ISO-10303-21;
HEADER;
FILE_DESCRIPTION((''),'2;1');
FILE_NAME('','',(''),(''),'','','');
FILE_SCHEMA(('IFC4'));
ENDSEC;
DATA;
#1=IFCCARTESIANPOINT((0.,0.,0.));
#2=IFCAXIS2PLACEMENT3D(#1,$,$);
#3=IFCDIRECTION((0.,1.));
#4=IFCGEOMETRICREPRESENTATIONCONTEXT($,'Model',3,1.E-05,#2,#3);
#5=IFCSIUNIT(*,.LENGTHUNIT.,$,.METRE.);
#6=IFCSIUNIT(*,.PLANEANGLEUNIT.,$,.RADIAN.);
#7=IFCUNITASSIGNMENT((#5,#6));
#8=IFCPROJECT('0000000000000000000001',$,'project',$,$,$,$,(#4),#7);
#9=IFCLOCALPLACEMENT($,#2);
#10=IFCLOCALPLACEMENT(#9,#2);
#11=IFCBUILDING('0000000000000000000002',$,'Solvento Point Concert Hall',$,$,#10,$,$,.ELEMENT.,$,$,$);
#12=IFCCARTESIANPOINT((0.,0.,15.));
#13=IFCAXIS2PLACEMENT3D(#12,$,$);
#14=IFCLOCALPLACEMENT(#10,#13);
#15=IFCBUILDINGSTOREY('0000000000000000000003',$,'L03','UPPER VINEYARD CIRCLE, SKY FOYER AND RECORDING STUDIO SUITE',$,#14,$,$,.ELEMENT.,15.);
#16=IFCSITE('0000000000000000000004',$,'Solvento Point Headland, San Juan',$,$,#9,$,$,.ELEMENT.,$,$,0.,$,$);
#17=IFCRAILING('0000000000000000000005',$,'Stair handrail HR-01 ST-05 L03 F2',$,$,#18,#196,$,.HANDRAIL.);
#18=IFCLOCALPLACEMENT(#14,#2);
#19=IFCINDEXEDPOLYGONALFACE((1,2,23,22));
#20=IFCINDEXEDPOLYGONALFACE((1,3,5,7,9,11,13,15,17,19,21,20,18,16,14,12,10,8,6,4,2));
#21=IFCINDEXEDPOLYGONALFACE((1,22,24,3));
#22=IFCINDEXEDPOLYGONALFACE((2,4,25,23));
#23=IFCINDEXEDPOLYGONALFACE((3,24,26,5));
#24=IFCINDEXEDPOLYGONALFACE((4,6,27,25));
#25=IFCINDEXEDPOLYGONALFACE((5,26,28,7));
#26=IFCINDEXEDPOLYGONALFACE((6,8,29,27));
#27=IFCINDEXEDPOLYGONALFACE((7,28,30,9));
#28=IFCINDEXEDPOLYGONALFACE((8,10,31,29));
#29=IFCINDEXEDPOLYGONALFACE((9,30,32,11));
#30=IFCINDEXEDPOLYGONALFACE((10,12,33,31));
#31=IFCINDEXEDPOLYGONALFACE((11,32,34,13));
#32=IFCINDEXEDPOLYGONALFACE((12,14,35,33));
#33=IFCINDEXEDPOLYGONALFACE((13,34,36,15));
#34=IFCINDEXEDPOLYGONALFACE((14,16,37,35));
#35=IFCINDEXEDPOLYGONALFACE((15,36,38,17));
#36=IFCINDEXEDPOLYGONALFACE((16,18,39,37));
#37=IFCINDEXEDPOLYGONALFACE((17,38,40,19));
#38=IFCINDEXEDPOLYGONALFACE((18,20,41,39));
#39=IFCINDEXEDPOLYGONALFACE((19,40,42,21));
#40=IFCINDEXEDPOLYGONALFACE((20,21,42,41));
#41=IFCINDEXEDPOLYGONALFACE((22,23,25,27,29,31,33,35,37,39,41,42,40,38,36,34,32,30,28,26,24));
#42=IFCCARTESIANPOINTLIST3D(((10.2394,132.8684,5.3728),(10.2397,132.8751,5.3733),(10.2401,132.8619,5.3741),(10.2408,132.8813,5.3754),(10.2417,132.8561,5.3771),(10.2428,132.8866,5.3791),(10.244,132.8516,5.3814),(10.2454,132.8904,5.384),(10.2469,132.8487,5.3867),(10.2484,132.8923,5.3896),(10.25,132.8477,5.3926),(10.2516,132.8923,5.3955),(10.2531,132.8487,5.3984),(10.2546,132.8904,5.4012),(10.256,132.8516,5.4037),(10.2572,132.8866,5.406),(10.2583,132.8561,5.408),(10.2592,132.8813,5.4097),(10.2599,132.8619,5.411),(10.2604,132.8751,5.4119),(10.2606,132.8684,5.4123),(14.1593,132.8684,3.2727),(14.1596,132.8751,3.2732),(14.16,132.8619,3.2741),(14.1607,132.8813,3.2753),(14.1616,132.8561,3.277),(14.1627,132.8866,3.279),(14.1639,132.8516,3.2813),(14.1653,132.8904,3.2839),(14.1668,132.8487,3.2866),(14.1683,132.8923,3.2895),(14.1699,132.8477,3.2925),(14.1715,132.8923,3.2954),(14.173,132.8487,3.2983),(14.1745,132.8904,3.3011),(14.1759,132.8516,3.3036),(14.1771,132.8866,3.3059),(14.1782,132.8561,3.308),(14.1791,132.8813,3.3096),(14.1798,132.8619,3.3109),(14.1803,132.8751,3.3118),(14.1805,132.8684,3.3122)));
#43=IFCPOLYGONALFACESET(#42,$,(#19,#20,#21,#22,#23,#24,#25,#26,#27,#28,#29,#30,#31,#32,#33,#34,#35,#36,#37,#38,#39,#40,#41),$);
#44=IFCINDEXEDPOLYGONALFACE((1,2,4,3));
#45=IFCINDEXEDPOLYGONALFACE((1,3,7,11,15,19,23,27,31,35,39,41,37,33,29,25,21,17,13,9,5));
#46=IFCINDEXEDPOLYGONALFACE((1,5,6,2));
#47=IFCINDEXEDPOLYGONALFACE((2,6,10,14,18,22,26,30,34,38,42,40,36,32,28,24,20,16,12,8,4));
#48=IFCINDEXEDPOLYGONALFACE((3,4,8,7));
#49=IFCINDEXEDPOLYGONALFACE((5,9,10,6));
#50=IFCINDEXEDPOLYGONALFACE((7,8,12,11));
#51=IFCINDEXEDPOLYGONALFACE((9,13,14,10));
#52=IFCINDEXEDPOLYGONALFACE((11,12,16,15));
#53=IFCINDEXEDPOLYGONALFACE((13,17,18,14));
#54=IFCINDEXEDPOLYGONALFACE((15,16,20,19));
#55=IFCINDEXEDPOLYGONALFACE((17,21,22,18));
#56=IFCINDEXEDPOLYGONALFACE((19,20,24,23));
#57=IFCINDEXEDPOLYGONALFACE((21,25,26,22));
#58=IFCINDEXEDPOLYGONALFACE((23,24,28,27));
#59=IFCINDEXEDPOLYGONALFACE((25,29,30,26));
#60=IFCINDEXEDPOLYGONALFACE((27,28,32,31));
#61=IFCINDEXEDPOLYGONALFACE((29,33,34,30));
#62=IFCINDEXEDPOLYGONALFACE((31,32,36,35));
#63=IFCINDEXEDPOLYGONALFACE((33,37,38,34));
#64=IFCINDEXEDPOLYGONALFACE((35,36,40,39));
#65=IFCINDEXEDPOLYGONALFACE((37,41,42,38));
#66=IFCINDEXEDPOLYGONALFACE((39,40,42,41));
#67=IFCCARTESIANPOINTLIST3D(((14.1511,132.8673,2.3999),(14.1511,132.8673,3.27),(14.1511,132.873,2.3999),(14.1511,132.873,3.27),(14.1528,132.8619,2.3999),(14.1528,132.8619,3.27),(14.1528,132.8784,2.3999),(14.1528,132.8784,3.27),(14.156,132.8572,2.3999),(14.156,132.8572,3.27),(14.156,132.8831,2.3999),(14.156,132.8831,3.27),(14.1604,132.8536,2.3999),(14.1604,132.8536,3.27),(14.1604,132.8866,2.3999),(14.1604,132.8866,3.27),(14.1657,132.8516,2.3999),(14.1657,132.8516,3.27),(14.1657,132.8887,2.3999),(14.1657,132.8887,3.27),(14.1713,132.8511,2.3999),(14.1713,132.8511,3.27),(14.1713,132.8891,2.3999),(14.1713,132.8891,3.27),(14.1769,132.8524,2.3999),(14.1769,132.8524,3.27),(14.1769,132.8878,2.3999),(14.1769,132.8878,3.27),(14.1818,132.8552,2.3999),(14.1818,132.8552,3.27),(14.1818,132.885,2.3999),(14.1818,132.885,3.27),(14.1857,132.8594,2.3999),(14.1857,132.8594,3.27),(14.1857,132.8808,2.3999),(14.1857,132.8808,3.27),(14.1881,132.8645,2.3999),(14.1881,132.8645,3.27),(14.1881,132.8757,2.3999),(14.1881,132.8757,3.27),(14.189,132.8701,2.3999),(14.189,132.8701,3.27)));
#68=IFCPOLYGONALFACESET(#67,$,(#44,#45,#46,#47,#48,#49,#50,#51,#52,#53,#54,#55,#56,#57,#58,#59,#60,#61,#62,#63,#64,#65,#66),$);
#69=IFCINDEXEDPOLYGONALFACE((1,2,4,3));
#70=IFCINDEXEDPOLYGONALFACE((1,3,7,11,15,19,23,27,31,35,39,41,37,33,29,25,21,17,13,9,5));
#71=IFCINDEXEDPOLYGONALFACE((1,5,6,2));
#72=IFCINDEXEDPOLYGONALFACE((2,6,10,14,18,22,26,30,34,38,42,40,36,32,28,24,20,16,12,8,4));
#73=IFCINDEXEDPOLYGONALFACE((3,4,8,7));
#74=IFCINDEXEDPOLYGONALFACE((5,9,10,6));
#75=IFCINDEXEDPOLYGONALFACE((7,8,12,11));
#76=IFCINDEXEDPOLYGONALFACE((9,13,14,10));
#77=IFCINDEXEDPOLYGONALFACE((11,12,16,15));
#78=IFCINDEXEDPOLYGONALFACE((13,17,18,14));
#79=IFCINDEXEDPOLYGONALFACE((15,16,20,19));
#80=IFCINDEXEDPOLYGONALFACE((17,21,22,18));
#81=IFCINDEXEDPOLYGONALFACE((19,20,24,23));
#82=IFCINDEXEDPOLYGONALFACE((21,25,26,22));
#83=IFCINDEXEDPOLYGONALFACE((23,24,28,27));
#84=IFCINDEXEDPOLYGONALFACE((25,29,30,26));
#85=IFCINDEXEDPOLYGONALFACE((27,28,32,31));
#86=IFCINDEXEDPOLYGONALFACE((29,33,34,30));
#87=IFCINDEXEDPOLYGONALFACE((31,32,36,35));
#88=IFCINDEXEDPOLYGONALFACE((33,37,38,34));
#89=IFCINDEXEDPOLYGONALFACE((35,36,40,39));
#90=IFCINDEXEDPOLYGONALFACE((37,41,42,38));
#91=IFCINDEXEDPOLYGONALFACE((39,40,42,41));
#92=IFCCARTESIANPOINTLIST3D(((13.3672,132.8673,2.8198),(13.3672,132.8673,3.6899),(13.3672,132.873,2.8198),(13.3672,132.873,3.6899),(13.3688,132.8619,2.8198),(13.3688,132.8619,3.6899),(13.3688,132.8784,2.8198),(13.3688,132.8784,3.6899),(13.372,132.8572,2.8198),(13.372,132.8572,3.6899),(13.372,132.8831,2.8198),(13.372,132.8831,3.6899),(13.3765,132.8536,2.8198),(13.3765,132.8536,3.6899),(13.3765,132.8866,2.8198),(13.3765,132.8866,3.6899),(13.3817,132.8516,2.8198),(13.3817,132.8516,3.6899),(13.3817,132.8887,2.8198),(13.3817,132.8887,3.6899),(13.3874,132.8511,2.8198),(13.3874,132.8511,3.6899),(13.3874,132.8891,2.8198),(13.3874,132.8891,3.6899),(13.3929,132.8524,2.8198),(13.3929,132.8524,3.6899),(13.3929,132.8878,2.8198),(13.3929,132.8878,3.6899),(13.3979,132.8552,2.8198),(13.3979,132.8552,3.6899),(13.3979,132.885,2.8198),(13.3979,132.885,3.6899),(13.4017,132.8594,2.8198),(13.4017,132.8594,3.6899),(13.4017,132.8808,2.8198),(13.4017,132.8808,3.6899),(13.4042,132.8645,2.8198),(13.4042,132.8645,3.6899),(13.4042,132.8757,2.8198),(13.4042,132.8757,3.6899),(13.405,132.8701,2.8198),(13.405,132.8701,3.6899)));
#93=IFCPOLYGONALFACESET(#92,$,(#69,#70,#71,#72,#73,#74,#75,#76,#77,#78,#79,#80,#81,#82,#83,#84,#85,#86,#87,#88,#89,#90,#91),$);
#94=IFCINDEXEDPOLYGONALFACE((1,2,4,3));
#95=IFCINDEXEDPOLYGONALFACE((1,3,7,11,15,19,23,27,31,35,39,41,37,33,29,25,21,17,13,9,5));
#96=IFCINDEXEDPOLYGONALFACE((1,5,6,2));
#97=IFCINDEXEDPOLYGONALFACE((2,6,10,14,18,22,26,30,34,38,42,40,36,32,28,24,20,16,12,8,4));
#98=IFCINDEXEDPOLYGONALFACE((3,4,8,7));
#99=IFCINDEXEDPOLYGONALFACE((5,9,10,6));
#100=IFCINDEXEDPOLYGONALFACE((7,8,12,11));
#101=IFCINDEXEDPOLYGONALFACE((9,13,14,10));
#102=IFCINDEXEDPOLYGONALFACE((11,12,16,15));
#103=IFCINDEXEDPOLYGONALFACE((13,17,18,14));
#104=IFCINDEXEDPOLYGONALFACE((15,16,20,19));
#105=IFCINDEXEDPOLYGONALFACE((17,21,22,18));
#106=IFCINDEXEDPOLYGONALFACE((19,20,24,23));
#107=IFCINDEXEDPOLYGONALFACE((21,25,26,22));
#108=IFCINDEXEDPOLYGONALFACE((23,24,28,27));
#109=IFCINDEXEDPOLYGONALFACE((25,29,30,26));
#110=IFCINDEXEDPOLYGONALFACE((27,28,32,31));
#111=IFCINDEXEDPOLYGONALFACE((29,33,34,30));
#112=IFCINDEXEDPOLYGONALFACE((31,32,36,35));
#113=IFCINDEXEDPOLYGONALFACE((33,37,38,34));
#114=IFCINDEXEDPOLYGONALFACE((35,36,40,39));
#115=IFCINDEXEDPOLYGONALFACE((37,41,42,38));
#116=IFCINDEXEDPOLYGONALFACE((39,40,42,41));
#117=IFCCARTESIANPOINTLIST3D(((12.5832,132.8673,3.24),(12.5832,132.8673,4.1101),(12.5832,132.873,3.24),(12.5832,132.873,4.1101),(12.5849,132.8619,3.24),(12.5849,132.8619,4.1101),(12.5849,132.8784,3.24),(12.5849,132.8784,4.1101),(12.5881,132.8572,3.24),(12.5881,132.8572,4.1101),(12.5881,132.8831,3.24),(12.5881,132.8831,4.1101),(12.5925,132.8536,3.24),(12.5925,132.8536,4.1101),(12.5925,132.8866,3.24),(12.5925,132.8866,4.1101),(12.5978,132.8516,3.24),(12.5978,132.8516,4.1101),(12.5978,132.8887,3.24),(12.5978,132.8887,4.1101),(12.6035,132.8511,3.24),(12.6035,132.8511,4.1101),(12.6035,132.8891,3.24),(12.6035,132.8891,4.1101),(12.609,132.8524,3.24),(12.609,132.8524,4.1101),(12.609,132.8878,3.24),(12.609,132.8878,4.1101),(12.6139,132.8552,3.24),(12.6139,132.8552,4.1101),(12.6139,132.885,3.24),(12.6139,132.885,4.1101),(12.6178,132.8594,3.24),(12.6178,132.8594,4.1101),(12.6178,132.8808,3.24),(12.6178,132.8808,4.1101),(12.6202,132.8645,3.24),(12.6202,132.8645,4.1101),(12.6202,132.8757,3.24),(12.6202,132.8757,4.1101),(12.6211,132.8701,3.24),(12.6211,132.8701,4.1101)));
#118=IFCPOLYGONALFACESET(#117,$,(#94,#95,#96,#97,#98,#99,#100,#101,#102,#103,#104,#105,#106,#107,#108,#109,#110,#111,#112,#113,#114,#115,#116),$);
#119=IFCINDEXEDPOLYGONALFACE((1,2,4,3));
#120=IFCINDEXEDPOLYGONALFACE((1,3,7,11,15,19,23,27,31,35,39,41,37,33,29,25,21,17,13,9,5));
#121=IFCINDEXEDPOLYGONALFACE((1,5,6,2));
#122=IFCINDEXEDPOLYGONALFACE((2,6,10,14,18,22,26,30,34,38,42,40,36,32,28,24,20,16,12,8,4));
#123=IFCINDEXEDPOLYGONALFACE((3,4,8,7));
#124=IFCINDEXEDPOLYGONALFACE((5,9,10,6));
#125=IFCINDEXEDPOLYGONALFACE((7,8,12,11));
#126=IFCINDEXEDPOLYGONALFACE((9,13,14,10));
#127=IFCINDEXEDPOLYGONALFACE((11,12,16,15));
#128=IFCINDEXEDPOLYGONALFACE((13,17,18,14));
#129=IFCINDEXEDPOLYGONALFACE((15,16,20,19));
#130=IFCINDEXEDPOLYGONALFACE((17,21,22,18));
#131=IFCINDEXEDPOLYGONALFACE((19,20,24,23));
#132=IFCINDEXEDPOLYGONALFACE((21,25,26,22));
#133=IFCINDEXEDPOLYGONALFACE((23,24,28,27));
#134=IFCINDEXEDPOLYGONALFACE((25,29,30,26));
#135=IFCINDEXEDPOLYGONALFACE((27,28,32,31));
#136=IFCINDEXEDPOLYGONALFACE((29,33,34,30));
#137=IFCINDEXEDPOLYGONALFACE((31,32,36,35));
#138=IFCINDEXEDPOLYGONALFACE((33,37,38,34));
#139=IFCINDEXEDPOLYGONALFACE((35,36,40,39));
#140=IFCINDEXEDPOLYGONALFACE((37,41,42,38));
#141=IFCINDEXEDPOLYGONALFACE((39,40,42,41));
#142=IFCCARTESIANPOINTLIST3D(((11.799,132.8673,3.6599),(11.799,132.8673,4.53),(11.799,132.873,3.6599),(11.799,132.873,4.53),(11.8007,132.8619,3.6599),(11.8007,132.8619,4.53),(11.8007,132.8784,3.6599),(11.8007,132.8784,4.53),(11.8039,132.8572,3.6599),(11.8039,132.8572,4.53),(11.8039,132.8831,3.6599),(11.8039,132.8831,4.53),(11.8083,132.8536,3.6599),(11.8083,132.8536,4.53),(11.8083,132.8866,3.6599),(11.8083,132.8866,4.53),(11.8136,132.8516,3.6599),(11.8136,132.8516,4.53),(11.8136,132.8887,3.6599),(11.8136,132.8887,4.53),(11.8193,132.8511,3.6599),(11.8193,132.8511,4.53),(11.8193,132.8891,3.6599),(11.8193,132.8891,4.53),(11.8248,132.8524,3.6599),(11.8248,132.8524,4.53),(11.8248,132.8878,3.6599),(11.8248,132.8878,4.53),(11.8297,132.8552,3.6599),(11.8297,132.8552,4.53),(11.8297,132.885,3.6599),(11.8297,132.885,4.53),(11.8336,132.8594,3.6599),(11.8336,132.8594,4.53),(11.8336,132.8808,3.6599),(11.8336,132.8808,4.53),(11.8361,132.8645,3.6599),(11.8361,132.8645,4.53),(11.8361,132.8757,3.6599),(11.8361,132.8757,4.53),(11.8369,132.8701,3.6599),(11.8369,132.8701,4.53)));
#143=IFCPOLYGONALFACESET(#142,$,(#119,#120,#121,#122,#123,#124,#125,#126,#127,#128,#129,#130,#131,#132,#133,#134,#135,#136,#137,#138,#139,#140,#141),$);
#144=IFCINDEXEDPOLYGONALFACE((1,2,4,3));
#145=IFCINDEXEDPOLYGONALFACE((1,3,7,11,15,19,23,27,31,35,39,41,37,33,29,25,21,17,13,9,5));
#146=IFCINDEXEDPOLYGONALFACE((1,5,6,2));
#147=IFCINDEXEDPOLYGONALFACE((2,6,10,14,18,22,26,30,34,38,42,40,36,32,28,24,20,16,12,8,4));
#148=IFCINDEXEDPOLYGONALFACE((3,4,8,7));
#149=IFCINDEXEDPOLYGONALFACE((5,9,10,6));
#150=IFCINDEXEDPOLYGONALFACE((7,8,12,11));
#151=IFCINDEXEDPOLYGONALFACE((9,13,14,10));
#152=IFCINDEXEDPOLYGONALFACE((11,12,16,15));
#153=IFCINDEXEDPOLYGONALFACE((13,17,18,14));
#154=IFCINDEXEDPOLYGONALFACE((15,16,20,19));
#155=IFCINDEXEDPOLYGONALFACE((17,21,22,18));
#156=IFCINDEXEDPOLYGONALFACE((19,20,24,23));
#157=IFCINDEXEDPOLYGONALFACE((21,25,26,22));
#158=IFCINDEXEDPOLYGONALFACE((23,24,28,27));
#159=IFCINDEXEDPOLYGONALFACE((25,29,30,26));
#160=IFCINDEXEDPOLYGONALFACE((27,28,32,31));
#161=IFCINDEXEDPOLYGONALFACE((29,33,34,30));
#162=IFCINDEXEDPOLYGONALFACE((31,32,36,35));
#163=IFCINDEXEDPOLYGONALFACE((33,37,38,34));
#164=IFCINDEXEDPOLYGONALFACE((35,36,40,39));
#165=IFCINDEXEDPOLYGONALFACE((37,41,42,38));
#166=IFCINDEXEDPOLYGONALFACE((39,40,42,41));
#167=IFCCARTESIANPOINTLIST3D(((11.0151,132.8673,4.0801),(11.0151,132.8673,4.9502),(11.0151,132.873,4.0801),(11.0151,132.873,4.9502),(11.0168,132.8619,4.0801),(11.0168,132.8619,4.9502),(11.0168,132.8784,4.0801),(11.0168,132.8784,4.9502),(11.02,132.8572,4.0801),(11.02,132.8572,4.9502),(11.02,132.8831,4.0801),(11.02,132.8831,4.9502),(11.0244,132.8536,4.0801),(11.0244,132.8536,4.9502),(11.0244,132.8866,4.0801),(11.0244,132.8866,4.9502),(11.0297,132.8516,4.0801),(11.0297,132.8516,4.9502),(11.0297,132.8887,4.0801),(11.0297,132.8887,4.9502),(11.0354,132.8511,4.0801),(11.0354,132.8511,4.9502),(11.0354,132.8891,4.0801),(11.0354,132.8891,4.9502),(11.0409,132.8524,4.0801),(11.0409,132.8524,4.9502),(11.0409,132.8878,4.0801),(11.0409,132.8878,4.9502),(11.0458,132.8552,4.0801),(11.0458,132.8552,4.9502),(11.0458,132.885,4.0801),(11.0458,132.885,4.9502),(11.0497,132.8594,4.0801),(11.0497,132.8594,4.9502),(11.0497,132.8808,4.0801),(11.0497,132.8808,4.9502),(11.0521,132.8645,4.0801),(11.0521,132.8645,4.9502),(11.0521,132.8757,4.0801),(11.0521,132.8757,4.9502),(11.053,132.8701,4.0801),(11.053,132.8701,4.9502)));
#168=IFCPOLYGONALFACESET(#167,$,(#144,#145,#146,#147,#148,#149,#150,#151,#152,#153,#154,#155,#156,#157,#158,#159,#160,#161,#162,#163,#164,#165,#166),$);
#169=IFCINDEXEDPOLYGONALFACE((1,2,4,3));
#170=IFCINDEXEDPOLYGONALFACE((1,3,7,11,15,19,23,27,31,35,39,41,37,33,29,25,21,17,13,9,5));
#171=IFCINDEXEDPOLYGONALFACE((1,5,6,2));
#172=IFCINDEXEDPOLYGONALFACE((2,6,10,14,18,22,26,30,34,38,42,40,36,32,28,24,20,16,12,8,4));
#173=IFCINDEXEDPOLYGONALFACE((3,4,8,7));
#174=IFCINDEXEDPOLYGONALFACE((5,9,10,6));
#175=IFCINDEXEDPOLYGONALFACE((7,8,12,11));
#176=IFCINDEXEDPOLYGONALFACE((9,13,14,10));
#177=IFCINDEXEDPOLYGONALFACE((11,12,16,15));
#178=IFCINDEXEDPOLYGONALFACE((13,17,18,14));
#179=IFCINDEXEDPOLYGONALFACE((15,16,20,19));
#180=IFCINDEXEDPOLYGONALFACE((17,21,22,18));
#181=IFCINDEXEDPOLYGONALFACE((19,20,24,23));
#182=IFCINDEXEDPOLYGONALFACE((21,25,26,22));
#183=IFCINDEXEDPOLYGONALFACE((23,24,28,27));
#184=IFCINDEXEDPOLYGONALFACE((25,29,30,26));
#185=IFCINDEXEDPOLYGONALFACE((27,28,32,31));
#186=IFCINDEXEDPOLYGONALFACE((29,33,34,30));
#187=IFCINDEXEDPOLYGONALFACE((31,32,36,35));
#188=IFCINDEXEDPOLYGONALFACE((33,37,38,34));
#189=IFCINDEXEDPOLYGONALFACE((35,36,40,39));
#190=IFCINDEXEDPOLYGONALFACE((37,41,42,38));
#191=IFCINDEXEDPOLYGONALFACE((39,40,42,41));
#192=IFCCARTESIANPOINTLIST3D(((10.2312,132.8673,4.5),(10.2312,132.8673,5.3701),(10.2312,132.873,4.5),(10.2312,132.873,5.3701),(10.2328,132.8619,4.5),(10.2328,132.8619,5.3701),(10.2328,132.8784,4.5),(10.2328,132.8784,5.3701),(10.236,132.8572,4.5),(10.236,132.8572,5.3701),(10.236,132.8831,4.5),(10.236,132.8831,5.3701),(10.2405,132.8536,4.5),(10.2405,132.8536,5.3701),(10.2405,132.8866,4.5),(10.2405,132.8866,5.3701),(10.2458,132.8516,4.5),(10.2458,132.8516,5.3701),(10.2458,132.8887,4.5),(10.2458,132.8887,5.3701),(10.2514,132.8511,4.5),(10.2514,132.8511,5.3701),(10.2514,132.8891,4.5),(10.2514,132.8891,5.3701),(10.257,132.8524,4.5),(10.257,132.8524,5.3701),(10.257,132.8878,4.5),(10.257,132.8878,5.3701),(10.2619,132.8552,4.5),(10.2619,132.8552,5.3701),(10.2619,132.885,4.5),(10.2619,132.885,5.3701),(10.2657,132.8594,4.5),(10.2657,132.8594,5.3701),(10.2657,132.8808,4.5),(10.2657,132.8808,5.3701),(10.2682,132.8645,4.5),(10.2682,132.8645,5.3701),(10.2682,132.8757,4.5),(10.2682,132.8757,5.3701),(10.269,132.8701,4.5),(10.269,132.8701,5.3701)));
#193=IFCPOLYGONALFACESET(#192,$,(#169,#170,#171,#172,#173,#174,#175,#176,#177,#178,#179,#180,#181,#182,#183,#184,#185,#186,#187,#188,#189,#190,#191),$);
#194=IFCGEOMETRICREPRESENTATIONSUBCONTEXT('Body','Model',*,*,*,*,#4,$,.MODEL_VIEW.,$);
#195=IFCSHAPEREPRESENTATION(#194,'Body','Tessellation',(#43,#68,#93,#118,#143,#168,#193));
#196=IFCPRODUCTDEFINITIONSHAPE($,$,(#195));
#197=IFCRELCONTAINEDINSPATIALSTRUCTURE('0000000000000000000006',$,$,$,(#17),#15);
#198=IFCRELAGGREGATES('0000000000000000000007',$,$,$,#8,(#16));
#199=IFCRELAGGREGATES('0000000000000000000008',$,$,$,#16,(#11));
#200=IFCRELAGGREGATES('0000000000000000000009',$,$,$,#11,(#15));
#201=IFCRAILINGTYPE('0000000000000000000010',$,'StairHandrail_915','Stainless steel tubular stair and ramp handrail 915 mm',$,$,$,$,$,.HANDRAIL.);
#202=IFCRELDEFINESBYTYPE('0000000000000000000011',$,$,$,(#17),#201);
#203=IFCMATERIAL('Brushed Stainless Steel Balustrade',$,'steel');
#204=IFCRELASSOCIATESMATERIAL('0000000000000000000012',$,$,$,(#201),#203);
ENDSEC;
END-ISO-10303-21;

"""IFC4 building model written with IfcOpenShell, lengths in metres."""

from ifc_helpers import new_model, si_unit, direction, frame, origin, origin_2d, place, context, subcontext, project, spatial, circle, extrude, material, type_object, element, save


model = new_model("IFC4")

# Units and contexts
model_context = context("Model", 3, precision=1e-05, world=origin(), true_north=direction((0.0, 1.0)))
body_context = subcontext(model_context, "Body", "Model", "MODEL_VIEW")
ifc_project = project(units=[si_unit("LENGTHUNIT", "METRE"), si_unit("PLANEANGLEUNIT", "RADIAN")], contexts=[model_context])

# Site, building, storey
site_placement = place(None, origin())
site = spatial("IfcSite", under=ifc_project, at=site_placement, Name="Solvento Point Headland, San Juan", CompositionType="ELEMENT", RefElevation=0.0)
building_placement = place(site_placement, origin())
building = spatial("IfcBuilding", under=site, at=building_placement, Name="Solvento Point Concert Hall", CompositionType="ELEMENT")
storey_placement = place(building_placement, frame((0.0, 0.0, 15.0)))
storey = spatial("IfcBuildingStorey", under=building, at=storey_placement, Name="L03", Description="UPPER VINEYARD CIRCLE, SKY FOYER AND RECORDING STUDIO SUITE", CompositionType="ELEMENT", Elevation=15.0)

# Railing
ifc_material_1 = material(Name="Brushed Stainless Steel Balustrade", Category="steel")
railing_type_1 = type_object("IfcRailingType", Name="StairHandrail_915", Description="Stainless steel tubular stair and ramp handrail 915 mm", PredefinedType="HANDRAIL", material=ifc_material_1)
railing_1_placement = place(storey_placement, frame((14.1699, 132.8701, 2.3999)))
element("IfcRailing", 1, at=railing_1_placement, inside=storey, type_object=railing_type_1, Name="Stair handrail HR-01 ST-05 L03 F2", PredefinedType="HANDRAIL", context=body_context, shape_type="SweptSolid", body=[
    extrude(circle(Radius=0.0225, at=origin_2d()), frame((0.0, 0.0, 0.8926), z_axis=(-0.881467, 0.0, 0.472246), x_axis=(0.0, -1.0, 0.0)), (0.0, 0.0, 1.0), 4.447),
    extrude(circle(Radius=0.019, at=origin_2d()), origin(), (0.0, 0.0, 1.0), 0.8701),
    extrude(circle(Radius=0.019, at=origin_2d()), frame((-0.7839, 0.0, 0.4199)), (0.0, 0.0, 1.0), 0.8701),
    extrude(circle(Radius=0.019, at=origin_2d()), frame((-1.5679, 0.0, 0.8401)), (0.0, 0.0, 1.0), 0.8701),
    extrude(circle(Radius=0.019, at=origin_2d()), frame((-2.3521, 0.0, 1.26)), (0.0, 0.0, 1.0), 0.8701),
    extrude(circle(Radius=0.019, at=origin_2d()), frame((-3.136, 0.0, 1.6802)), (0.0, 0.0, 1.0), 0.8701),
    extrude(circle(Radius=0.019, at=origin_2d()), frame((-3.9199, 0.0, 2.1001)), (0.0, 0.0, 1.0), 0.8701),
])

save(model, "model.ifc")
